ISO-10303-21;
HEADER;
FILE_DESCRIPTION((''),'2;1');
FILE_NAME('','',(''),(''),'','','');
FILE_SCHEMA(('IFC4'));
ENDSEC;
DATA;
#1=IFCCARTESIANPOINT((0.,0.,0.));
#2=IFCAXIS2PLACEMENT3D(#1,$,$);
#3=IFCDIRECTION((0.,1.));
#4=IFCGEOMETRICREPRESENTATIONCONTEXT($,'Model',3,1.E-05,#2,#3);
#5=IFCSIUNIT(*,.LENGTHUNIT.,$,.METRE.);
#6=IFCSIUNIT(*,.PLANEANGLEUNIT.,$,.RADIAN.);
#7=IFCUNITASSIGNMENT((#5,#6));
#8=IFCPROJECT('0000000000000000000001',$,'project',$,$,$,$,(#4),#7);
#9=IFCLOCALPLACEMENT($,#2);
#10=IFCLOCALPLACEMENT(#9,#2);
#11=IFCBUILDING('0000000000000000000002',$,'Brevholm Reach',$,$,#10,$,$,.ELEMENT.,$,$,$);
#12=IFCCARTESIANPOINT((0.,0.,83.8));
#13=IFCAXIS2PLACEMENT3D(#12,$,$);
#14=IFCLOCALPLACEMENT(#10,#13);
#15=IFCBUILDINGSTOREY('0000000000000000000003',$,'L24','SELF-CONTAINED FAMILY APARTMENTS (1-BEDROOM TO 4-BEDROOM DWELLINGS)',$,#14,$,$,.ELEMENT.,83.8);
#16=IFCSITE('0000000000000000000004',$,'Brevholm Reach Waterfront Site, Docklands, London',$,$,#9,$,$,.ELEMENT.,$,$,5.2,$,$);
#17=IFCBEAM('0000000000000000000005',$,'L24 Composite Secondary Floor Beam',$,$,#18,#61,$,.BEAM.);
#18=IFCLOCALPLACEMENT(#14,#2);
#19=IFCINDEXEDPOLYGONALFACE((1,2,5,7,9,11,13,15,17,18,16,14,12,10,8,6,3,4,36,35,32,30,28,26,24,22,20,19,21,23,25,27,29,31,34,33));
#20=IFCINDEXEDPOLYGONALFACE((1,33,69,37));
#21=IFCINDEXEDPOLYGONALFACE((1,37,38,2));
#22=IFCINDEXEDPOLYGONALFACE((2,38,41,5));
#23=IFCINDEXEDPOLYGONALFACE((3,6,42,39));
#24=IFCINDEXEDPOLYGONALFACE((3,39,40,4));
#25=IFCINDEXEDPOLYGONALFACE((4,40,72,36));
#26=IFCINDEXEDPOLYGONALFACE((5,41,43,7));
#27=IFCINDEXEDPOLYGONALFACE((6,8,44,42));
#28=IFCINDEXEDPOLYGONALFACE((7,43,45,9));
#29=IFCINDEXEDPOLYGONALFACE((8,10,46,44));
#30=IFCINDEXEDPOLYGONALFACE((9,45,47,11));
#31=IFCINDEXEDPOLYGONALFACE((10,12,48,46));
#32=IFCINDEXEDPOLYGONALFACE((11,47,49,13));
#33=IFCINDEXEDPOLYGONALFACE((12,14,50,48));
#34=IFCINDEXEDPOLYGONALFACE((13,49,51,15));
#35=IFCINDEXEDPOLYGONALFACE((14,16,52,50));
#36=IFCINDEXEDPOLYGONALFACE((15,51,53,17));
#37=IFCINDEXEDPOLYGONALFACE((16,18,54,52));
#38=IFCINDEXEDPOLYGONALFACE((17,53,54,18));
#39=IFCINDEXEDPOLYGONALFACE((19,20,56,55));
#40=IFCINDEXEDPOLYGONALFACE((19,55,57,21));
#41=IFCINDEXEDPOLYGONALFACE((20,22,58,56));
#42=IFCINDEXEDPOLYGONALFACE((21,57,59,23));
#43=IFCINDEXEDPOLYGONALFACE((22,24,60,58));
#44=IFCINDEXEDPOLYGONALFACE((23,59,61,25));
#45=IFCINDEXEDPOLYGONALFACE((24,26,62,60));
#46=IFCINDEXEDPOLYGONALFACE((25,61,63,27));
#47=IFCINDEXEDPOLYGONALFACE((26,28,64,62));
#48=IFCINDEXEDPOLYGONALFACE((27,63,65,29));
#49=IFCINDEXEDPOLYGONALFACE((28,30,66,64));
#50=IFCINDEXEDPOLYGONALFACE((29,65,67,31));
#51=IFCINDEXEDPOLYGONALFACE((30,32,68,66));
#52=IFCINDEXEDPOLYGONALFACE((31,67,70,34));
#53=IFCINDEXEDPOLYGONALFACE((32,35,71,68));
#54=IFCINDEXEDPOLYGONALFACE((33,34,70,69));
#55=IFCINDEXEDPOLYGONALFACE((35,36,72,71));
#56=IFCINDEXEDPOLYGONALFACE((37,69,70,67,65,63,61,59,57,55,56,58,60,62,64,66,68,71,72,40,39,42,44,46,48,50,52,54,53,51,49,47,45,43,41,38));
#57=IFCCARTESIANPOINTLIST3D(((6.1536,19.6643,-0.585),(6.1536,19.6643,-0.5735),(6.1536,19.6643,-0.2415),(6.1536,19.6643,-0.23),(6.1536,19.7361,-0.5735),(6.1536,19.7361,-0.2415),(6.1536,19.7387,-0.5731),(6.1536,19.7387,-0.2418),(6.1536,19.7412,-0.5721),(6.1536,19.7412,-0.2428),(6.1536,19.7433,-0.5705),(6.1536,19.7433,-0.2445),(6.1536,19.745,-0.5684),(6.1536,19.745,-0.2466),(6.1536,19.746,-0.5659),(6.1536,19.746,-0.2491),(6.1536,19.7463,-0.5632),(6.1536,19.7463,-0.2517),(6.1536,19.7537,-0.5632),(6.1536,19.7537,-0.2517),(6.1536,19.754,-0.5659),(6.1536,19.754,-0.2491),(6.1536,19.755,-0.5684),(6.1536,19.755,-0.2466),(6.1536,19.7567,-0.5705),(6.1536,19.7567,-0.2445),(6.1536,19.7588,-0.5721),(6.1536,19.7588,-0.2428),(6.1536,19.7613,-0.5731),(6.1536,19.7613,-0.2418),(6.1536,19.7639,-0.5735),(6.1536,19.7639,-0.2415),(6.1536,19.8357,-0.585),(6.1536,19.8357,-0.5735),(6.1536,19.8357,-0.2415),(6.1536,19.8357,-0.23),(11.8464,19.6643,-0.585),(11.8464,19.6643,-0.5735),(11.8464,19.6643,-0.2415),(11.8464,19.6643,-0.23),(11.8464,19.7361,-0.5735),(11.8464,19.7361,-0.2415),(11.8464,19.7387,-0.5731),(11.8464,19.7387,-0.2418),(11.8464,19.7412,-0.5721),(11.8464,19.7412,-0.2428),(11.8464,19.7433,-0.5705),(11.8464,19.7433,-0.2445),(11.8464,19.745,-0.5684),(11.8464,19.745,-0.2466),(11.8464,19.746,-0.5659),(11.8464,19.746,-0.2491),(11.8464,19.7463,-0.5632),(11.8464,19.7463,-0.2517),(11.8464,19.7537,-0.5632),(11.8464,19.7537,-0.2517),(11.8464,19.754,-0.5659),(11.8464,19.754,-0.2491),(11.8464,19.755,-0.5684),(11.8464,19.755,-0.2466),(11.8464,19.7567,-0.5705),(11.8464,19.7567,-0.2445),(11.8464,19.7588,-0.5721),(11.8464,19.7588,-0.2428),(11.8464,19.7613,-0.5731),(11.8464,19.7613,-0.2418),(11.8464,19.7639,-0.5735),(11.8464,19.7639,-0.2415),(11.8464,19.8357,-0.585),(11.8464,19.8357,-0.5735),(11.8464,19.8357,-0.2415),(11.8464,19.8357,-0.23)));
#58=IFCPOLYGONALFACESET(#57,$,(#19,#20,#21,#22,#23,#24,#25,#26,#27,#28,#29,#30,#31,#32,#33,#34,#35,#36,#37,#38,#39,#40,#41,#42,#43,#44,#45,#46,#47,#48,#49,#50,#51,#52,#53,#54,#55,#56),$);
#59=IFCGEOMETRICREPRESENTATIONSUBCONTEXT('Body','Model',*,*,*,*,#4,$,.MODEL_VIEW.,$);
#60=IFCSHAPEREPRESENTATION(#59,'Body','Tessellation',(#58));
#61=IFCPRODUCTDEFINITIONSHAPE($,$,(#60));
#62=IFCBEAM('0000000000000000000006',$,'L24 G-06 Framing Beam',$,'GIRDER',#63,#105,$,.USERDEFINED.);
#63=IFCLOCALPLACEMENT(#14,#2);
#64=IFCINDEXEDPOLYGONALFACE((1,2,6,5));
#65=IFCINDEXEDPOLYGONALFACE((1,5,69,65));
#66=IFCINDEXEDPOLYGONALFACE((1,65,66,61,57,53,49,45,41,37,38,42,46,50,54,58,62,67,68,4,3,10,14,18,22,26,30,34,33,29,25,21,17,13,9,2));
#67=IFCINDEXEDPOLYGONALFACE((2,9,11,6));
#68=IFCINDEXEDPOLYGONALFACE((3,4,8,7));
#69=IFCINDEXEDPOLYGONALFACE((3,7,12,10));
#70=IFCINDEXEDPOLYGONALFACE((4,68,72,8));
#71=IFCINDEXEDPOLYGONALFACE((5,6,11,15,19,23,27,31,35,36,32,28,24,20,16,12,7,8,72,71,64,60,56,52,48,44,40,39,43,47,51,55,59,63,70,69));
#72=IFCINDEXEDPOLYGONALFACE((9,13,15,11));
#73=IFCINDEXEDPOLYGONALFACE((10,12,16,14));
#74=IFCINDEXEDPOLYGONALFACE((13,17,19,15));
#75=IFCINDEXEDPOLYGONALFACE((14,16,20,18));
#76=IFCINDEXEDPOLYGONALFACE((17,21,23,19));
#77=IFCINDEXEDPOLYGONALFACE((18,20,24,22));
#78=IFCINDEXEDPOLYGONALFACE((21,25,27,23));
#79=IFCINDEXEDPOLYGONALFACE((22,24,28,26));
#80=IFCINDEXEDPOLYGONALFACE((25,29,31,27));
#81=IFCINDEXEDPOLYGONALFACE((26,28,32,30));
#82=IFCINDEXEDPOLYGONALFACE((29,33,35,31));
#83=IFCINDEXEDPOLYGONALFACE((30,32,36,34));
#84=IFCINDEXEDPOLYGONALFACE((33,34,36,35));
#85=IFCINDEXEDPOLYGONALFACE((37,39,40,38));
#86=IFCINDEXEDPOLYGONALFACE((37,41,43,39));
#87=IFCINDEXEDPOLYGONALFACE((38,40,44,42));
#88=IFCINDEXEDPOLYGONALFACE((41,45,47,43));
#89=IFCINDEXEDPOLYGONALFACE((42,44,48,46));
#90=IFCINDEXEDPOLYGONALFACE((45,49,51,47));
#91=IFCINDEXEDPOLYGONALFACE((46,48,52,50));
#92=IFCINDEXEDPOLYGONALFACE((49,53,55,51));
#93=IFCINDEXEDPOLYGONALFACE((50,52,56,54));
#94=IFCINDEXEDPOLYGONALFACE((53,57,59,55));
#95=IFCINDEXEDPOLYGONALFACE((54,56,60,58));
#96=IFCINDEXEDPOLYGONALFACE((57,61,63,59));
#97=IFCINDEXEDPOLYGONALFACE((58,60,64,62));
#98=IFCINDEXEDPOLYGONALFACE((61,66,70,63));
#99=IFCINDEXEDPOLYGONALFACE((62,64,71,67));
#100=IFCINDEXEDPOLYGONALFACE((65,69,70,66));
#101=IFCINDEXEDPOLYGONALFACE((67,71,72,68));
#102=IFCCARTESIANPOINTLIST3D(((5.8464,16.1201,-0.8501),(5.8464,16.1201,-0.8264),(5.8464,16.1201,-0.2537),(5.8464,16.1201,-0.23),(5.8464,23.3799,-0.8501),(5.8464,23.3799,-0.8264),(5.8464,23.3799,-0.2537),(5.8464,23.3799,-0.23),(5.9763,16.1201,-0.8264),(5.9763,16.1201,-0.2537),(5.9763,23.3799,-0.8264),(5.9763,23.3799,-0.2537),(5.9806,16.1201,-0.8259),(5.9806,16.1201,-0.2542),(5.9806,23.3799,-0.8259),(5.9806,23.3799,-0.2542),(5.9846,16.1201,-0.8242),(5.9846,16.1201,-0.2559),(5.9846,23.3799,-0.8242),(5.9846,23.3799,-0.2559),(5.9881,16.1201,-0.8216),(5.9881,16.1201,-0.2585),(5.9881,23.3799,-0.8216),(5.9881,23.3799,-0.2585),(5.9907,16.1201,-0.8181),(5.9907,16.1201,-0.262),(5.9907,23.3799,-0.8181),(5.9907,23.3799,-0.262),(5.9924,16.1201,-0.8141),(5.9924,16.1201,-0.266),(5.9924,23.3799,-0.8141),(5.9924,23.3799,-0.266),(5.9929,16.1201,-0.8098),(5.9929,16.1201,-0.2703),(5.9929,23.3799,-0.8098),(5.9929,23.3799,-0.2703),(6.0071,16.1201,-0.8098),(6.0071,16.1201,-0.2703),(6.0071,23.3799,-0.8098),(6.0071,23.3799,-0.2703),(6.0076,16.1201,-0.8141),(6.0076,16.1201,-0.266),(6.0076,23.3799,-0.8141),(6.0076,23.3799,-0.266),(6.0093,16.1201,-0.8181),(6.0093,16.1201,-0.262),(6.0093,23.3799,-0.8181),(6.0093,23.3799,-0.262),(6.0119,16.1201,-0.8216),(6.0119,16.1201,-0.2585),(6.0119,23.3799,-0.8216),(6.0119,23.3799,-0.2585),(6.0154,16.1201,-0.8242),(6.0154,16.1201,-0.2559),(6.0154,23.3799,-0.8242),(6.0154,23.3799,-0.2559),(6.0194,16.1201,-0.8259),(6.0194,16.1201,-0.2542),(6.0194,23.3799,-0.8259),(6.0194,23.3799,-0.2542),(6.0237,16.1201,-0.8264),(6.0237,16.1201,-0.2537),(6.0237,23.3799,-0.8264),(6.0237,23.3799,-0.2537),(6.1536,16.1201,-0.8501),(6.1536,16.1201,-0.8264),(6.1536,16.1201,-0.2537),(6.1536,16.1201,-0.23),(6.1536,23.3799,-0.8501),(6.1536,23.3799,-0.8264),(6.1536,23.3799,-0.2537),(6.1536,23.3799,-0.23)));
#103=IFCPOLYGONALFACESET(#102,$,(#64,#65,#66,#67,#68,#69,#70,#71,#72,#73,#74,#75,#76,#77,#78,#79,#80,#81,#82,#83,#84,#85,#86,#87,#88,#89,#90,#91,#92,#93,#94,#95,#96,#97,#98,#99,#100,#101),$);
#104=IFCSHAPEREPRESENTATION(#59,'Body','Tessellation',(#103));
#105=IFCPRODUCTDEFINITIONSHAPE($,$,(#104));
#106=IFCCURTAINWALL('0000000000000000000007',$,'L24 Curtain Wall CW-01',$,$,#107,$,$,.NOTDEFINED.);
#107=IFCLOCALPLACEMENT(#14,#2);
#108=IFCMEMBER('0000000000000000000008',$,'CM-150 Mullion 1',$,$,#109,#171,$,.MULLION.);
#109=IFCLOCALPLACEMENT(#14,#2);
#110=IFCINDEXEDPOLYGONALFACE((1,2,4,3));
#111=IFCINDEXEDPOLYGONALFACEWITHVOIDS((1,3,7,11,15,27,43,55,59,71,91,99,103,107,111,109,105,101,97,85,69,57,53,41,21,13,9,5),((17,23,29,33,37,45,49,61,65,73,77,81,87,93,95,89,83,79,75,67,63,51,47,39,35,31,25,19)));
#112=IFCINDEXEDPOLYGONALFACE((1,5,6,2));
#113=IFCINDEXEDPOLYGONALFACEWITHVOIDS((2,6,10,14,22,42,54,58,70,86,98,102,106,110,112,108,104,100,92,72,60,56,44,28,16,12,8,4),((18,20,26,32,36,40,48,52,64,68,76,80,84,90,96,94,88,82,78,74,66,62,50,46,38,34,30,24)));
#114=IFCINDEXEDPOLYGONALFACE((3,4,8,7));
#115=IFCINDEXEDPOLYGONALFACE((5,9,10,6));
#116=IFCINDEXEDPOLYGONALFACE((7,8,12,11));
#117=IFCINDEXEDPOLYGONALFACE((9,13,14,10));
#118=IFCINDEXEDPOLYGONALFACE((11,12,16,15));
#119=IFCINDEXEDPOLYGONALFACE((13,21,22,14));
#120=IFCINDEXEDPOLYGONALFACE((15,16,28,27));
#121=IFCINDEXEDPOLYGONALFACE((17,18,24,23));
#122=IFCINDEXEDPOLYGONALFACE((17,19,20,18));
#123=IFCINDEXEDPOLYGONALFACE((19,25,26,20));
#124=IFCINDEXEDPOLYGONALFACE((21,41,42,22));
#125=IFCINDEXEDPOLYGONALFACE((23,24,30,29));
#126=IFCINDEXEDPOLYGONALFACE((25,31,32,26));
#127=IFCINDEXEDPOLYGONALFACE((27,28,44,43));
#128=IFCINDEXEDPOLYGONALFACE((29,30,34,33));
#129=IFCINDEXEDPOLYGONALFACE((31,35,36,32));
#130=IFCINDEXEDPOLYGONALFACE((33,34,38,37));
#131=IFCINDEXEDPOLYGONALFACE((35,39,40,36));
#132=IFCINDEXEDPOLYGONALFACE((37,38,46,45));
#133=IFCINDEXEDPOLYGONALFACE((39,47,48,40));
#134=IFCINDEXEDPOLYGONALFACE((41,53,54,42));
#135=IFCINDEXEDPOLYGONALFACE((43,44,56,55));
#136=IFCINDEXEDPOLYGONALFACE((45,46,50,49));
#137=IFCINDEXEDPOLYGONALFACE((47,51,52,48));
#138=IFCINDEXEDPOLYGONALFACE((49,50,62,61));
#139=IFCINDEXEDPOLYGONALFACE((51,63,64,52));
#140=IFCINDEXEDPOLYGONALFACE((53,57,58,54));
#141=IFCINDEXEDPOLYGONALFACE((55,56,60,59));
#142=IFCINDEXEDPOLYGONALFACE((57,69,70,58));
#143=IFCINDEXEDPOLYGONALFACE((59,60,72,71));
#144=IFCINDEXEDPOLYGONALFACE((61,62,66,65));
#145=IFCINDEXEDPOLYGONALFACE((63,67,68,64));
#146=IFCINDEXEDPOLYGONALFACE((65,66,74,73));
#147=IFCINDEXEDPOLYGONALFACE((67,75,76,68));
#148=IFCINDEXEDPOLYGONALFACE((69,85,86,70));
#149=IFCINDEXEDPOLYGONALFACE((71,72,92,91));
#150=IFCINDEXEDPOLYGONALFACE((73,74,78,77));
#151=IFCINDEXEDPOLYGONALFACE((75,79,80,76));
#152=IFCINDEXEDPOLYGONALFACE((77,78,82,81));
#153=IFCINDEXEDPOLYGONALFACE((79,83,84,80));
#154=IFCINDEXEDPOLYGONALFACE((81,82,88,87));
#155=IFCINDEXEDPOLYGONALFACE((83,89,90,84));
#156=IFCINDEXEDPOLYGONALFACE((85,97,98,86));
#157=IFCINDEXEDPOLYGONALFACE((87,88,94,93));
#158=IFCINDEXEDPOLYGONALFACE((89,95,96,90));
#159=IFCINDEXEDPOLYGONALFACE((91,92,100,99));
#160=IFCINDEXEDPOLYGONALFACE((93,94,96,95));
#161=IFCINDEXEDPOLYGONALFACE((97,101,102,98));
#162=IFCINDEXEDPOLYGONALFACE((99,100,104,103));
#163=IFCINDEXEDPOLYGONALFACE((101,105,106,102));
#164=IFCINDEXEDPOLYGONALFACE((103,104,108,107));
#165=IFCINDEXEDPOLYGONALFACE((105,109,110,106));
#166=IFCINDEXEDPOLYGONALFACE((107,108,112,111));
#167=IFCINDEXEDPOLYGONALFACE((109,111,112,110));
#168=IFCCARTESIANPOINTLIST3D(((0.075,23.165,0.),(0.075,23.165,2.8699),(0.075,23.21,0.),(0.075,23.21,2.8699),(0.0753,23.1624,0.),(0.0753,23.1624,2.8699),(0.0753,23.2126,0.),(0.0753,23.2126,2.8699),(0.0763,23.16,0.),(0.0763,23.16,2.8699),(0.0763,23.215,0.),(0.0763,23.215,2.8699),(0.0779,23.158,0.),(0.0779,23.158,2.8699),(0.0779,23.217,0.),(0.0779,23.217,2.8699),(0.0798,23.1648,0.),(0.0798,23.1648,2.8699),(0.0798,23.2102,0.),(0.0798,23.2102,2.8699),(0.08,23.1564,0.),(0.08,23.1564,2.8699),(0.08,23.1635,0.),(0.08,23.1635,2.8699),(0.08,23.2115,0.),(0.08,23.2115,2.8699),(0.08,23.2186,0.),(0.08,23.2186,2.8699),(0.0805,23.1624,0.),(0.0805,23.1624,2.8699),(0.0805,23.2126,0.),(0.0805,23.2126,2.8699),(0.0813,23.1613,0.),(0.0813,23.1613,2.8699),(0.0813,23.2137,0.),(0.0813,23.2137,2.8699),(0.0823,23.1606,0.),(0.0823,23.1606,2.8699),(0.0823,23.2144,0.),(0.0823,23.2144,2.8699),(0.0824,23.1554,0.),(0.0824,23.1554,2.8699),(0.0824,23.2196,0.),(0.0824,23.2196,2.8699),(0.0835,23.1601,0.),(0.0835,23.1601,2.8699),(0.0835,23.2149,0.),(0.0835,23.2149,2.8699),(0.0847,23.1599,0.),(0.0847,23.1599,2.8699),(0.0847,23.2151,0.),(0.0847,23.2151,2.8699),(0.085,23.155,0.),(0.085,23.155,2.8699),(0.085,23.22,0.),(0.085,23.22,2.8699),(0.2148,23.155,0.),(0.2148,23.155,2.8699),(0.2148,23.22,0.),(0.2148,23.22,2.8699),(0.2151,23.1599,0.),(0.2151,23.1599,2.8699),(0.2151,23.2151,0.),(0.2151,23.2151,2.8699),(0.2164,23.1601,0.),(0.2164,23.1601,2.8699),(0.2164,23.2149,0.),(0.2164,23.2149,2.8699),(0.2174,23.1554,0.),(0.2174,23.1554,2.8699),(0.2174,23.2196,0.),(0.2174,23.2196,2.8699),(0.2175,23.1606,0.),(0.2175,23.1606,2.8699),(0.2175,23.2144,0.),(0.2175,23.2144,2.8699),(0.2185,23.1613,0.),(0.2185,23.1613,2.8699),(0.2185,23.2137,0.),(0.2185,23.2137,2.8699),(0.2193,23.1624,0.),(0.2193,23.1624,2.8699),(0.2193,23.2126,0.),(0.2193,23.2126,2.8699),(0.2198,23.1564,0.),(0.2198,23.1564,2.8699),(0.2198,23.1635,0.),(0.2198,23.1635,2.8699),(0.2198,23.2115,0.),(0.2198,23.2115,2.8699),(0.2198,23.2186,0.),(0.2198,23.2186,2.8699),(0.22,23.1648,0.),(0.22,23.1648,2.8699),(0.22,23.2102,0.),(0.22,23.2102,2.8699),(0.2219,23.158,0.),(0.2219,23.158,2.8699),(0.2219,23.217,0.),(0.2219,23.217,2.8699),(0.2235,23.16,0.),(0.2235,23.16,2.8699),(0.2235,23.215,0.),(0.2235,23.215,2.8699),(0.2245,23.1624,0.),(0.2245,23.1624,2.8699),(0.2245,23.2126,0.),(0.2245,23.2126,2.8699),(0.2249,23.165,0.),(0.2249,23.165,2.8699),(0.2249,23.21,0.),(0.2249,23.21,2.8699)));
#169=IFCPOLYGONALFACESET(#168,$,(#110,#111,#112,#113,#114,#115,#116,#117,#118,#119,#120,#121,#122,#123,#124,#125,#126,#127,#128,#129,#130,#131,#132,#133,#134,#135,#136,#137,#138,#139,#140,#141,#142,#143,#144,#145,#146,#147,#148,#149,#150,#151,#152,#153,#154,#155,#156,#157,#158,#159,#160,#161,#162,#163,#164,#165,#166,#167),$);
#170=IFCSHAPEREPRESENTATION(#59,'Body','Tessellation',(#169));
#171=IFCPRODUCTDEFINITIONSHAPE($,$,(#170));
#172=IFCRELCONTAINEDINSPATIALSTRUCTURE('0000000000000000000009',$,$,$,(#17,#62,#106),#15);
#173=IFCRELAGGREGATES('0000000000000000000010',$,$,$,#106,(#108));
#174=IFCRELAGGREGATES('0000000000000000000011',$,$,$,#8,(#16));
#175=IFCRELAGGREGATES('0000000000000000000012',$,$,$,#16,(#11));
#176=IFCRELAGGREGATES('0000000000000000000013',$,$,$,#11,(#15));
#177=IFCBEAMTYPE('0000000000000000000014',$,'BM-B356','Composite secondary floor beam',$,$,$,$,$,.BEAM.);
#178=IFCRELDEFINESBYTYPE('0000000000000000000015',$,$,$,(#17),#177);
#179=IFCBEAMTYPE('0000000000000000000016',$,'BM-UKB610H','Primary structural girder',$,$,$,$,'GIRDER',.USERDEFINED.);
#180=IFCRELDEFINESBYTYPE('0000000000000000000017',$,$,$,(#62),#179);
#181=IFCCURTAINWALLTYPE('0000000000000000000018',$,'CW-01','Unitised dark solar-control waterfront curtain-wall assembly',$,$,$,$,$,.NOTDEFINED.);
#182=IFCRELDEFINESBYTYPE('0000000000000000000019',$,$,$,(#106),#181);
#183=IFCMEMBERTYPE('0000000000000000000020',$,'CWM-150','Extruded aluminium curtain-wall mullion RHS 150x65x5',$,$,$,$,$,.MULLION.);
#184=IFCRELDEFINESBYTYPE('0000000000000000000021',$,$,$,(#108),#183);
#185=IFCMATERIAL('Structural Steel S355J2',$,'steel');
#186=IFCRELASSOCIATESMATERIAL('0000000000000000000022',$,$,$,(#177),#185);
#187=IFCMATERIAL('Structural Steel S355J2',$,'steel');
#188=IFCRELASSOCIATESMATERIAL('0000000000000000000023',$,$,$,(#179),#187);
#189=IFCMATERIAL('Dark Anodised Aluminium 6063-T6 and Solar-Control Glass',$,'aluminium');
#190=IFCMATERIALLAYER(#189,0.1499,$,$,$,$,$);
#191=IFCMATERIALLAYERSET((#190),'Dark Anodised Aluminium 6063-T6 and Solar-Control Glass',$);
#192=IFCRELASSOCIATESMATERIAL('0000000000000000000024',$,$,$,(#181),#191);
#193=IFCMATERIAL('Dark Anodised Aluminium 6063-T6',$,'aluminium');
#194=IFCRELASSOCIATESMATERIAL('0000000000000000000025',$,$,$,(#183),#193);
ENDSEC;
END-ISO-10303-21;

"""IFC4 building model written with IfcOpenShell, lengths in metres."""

from ifc_helpers import new_model, si_unit, direction, frame, origin, origin_2d, place, context, subcontext, project, spatial, hollow_rectangle, i_section, extrude, material, layer, layer_set, material_profile, profile_set, type_object, element, aggregate, save


model = new_model("IFC4")

# Units and contexts
model_context = context("Model", 3, precision=1e-05, world=origin(), true_north=direction((0.0, 1.0)))
body_context = subcontext(model_context, "Body", "Model", "MODEL_VIEW")
ifc_project = project(units=[si_unit("LENGTHUNIT", "METRE"), si_unit("PLANEANGLEUNIT", "RADIAN")], contexts=[model_context])

# Site, building, storey
site_placement = place(None, origin())
site = spatial("IfcSite", under=ifc_project, at=site_placement, Name="Brevholm Reach Waterfront Site, Docklands, London", CompositionType="ELEMENT", RefElevation=5.2)
building_placement = place(site_placement, origin())
building = spatial("IfcBuilding", under=site, at=building_placement, Name="Brevholm Reach", CompositionType="ELEMENT")
storey_placement = place(building_placement, frame((0.0, 0.0, 83.8)))
storey = spatial("IfcBuildingStorey", under=building, at=storey_placement, Name="L24", Description="SELF-CONTAINED FAMILY APARTMENTS (1-BEDROOM TO 4-BEDROOM DWELLINGS)", CompositionType="ELEMENT", Elevation=83.8)

# Beams
ifc_material_1 = material(Name="Structural Steel S355J2", Category="steel")
ifc_material_profile_1 = material_profile(ifc_material_1, i_section(OverallWidth=0.1714, OverallDepth=0.355, WebThickness=0.0073, FlangeThickness=0.0115, FilletRadius=0.0103, at=origin_2d()), Name="UKB 356x171x51")
ifc_profile_set_1 = profile_set([ifc_material_profile_1], Name="Structural Steel S355J2")
beam_type_1 = type_object("IfcBeamType", Name="BM-B356", Description="Composite secondary floor beam", PredefinedType="BEAM", material=ifc_profile_set_1)
beam_1_placement = place(storey_placement, frame((6.1536, 19.75, -0.4075), z_axis=(1.0, 0.0, 0.0), x_axis=(0.0, 1.0, 0.0)))
element("IfcBeam", 1, at=beam_1_placement, inside=storey, type_object=beam_type_1, Name="L24 Composite Secondary Floor Beam", PredefinedType="BEAM", context=body_context, shape_type="SweptSolid", body=[
    extrude(i_section(OverallWidth=0.1714, OverallDepth=0.355, WebThickness=0.0073, FlangeThickness=0.0115, FilletRadius=0.0103, at=origin_2d()), origin(), (0.0, 0.0, 1.0), 5.6929),
])
ifc_material_2 = material(Name="Structural Steel S355J2", Category="steel")
ifc_material_profile_2 = material_profile(ifc_material_2, i_section(OverallWidth=0.3071, OverallDepth=0.6201, WebThickness=0.0142, FlangeThickness=0.0237, FilletRadius=0.0166, at=origin_2d()), Name="UKB 610x305x179")
ifc_profile_set_2 = profile_set([ifc_material_profile_2], Name="Structural Steel S355J2")
beam_type_2 = type_object("IfcBeamType", Name="BM-UKB610H", Description="Primary structural girder", ElementType="GIRDER", PredefinedType="USERDEFINED", material=ifc_profile_set_2)
beam_2_placement = place(storey_placement, frame((6.0, 16.1201, -0.54), z_axis=(0.0, 1.0, 0.0), x_axis=(-1.0, 0.0, 0.0)))
element("IfcBeam", 2, at=beam_2_placement, inside=storey, type_object=beam_type_2, Name="L24 G-06 Framing Beam", ObjectType="GIRDER", PredefinedType="USERDEFINED", context=body_context, shape_type="SweptSolid", body=[
    extrude(i_section(OverallWidth=0.3071, OverallDepth=0.6201, WebThickness=0.0142, FlangeThickness=0.0237, FilletRadius=0.0166, at=origin_2d()), origin(), (0.0, 0.0, 1.0), 7.2598),
])

# Curtain wall, member
ifc_material_3 = material(Name="Dark Anodised Aluminium 6063-T6 and Solar-Control Glass", Category="aluminium")
ifc_layer_1 = layer(ifc_material_3, 0.1499)
ifc_layer_set_1 = layer_set([ifc_layer_1], Name="Dark Anodised Aluminium 6063-T6 and Solar-Control Glass")
curtain_wall_type = type_object("IfcCurtainWallType", Name="CW-01", Description="Unitised dark solar-control waterfront curtain-wall assembly", PredefinedType="NOTDEFINED", material=ifc_layer_set_1)
curtain_wall_placement = place(storey_placement, origin())
curtain_wall = element("IfcCurtainWall", 3, at=curtain_wall_placement, inside=storey, type_object=curtain_wall_type, Name="L24 Curtain Wall CW-01", PredefinedType="NOTDEFINED")
ifc_material_4 = material(Name="Dark Anodised Aluminium 6063-T6", Category="aluminium")
ifc_material_profile_3 = material_profile(ifc_material_4, hollow_rectangle(XDim=0.0649, YDim=0.1499, WallThickness=0.0049, InnerFilletRadius=0.0049, OuterFilletRadius=0.01, at=origin_2d()), Name="RHS 150x65x5")
ifc_profile_set_3 = profile_set([ifc_material_profile_3], Name="Dark Anodised Aluminium 6063-T6")
member_type_1 = type_object("IfcMemberType", Name="CWM-150", Description="Extruded aluminium curtain-wall mullion RHS 150x65x5", PredefinedType="MULLION", material=ifc_profile_set_3)
member_1_placement = place(storey_placement, frame((0.1499, 23.1875, 0.0), z_axis=(0.0, 0.0, 1.0), x_axis=(0.0, -1.0, 0.0)))
member_1 = element("IfcMember", 4, at=member_1_placement, type_object=member_type_1, Name="CM-150 Mullion 1", PredefinedType="MULLION", context=body_context, shape_type="SweptSolid", body=[
    extrude(hollow_rectangle(XDim=0.0649, YDim=0.1499, WallThickness=0.0049, InnerFilletRadius=0.0049, OuterFilletRadius=0.01, at=origin_2d()), origin(), (0.0, 0.0, 1.0), 2.8699),
])
aggregate(curtain_wall, [member_1])

save(model, "model.ifc")
